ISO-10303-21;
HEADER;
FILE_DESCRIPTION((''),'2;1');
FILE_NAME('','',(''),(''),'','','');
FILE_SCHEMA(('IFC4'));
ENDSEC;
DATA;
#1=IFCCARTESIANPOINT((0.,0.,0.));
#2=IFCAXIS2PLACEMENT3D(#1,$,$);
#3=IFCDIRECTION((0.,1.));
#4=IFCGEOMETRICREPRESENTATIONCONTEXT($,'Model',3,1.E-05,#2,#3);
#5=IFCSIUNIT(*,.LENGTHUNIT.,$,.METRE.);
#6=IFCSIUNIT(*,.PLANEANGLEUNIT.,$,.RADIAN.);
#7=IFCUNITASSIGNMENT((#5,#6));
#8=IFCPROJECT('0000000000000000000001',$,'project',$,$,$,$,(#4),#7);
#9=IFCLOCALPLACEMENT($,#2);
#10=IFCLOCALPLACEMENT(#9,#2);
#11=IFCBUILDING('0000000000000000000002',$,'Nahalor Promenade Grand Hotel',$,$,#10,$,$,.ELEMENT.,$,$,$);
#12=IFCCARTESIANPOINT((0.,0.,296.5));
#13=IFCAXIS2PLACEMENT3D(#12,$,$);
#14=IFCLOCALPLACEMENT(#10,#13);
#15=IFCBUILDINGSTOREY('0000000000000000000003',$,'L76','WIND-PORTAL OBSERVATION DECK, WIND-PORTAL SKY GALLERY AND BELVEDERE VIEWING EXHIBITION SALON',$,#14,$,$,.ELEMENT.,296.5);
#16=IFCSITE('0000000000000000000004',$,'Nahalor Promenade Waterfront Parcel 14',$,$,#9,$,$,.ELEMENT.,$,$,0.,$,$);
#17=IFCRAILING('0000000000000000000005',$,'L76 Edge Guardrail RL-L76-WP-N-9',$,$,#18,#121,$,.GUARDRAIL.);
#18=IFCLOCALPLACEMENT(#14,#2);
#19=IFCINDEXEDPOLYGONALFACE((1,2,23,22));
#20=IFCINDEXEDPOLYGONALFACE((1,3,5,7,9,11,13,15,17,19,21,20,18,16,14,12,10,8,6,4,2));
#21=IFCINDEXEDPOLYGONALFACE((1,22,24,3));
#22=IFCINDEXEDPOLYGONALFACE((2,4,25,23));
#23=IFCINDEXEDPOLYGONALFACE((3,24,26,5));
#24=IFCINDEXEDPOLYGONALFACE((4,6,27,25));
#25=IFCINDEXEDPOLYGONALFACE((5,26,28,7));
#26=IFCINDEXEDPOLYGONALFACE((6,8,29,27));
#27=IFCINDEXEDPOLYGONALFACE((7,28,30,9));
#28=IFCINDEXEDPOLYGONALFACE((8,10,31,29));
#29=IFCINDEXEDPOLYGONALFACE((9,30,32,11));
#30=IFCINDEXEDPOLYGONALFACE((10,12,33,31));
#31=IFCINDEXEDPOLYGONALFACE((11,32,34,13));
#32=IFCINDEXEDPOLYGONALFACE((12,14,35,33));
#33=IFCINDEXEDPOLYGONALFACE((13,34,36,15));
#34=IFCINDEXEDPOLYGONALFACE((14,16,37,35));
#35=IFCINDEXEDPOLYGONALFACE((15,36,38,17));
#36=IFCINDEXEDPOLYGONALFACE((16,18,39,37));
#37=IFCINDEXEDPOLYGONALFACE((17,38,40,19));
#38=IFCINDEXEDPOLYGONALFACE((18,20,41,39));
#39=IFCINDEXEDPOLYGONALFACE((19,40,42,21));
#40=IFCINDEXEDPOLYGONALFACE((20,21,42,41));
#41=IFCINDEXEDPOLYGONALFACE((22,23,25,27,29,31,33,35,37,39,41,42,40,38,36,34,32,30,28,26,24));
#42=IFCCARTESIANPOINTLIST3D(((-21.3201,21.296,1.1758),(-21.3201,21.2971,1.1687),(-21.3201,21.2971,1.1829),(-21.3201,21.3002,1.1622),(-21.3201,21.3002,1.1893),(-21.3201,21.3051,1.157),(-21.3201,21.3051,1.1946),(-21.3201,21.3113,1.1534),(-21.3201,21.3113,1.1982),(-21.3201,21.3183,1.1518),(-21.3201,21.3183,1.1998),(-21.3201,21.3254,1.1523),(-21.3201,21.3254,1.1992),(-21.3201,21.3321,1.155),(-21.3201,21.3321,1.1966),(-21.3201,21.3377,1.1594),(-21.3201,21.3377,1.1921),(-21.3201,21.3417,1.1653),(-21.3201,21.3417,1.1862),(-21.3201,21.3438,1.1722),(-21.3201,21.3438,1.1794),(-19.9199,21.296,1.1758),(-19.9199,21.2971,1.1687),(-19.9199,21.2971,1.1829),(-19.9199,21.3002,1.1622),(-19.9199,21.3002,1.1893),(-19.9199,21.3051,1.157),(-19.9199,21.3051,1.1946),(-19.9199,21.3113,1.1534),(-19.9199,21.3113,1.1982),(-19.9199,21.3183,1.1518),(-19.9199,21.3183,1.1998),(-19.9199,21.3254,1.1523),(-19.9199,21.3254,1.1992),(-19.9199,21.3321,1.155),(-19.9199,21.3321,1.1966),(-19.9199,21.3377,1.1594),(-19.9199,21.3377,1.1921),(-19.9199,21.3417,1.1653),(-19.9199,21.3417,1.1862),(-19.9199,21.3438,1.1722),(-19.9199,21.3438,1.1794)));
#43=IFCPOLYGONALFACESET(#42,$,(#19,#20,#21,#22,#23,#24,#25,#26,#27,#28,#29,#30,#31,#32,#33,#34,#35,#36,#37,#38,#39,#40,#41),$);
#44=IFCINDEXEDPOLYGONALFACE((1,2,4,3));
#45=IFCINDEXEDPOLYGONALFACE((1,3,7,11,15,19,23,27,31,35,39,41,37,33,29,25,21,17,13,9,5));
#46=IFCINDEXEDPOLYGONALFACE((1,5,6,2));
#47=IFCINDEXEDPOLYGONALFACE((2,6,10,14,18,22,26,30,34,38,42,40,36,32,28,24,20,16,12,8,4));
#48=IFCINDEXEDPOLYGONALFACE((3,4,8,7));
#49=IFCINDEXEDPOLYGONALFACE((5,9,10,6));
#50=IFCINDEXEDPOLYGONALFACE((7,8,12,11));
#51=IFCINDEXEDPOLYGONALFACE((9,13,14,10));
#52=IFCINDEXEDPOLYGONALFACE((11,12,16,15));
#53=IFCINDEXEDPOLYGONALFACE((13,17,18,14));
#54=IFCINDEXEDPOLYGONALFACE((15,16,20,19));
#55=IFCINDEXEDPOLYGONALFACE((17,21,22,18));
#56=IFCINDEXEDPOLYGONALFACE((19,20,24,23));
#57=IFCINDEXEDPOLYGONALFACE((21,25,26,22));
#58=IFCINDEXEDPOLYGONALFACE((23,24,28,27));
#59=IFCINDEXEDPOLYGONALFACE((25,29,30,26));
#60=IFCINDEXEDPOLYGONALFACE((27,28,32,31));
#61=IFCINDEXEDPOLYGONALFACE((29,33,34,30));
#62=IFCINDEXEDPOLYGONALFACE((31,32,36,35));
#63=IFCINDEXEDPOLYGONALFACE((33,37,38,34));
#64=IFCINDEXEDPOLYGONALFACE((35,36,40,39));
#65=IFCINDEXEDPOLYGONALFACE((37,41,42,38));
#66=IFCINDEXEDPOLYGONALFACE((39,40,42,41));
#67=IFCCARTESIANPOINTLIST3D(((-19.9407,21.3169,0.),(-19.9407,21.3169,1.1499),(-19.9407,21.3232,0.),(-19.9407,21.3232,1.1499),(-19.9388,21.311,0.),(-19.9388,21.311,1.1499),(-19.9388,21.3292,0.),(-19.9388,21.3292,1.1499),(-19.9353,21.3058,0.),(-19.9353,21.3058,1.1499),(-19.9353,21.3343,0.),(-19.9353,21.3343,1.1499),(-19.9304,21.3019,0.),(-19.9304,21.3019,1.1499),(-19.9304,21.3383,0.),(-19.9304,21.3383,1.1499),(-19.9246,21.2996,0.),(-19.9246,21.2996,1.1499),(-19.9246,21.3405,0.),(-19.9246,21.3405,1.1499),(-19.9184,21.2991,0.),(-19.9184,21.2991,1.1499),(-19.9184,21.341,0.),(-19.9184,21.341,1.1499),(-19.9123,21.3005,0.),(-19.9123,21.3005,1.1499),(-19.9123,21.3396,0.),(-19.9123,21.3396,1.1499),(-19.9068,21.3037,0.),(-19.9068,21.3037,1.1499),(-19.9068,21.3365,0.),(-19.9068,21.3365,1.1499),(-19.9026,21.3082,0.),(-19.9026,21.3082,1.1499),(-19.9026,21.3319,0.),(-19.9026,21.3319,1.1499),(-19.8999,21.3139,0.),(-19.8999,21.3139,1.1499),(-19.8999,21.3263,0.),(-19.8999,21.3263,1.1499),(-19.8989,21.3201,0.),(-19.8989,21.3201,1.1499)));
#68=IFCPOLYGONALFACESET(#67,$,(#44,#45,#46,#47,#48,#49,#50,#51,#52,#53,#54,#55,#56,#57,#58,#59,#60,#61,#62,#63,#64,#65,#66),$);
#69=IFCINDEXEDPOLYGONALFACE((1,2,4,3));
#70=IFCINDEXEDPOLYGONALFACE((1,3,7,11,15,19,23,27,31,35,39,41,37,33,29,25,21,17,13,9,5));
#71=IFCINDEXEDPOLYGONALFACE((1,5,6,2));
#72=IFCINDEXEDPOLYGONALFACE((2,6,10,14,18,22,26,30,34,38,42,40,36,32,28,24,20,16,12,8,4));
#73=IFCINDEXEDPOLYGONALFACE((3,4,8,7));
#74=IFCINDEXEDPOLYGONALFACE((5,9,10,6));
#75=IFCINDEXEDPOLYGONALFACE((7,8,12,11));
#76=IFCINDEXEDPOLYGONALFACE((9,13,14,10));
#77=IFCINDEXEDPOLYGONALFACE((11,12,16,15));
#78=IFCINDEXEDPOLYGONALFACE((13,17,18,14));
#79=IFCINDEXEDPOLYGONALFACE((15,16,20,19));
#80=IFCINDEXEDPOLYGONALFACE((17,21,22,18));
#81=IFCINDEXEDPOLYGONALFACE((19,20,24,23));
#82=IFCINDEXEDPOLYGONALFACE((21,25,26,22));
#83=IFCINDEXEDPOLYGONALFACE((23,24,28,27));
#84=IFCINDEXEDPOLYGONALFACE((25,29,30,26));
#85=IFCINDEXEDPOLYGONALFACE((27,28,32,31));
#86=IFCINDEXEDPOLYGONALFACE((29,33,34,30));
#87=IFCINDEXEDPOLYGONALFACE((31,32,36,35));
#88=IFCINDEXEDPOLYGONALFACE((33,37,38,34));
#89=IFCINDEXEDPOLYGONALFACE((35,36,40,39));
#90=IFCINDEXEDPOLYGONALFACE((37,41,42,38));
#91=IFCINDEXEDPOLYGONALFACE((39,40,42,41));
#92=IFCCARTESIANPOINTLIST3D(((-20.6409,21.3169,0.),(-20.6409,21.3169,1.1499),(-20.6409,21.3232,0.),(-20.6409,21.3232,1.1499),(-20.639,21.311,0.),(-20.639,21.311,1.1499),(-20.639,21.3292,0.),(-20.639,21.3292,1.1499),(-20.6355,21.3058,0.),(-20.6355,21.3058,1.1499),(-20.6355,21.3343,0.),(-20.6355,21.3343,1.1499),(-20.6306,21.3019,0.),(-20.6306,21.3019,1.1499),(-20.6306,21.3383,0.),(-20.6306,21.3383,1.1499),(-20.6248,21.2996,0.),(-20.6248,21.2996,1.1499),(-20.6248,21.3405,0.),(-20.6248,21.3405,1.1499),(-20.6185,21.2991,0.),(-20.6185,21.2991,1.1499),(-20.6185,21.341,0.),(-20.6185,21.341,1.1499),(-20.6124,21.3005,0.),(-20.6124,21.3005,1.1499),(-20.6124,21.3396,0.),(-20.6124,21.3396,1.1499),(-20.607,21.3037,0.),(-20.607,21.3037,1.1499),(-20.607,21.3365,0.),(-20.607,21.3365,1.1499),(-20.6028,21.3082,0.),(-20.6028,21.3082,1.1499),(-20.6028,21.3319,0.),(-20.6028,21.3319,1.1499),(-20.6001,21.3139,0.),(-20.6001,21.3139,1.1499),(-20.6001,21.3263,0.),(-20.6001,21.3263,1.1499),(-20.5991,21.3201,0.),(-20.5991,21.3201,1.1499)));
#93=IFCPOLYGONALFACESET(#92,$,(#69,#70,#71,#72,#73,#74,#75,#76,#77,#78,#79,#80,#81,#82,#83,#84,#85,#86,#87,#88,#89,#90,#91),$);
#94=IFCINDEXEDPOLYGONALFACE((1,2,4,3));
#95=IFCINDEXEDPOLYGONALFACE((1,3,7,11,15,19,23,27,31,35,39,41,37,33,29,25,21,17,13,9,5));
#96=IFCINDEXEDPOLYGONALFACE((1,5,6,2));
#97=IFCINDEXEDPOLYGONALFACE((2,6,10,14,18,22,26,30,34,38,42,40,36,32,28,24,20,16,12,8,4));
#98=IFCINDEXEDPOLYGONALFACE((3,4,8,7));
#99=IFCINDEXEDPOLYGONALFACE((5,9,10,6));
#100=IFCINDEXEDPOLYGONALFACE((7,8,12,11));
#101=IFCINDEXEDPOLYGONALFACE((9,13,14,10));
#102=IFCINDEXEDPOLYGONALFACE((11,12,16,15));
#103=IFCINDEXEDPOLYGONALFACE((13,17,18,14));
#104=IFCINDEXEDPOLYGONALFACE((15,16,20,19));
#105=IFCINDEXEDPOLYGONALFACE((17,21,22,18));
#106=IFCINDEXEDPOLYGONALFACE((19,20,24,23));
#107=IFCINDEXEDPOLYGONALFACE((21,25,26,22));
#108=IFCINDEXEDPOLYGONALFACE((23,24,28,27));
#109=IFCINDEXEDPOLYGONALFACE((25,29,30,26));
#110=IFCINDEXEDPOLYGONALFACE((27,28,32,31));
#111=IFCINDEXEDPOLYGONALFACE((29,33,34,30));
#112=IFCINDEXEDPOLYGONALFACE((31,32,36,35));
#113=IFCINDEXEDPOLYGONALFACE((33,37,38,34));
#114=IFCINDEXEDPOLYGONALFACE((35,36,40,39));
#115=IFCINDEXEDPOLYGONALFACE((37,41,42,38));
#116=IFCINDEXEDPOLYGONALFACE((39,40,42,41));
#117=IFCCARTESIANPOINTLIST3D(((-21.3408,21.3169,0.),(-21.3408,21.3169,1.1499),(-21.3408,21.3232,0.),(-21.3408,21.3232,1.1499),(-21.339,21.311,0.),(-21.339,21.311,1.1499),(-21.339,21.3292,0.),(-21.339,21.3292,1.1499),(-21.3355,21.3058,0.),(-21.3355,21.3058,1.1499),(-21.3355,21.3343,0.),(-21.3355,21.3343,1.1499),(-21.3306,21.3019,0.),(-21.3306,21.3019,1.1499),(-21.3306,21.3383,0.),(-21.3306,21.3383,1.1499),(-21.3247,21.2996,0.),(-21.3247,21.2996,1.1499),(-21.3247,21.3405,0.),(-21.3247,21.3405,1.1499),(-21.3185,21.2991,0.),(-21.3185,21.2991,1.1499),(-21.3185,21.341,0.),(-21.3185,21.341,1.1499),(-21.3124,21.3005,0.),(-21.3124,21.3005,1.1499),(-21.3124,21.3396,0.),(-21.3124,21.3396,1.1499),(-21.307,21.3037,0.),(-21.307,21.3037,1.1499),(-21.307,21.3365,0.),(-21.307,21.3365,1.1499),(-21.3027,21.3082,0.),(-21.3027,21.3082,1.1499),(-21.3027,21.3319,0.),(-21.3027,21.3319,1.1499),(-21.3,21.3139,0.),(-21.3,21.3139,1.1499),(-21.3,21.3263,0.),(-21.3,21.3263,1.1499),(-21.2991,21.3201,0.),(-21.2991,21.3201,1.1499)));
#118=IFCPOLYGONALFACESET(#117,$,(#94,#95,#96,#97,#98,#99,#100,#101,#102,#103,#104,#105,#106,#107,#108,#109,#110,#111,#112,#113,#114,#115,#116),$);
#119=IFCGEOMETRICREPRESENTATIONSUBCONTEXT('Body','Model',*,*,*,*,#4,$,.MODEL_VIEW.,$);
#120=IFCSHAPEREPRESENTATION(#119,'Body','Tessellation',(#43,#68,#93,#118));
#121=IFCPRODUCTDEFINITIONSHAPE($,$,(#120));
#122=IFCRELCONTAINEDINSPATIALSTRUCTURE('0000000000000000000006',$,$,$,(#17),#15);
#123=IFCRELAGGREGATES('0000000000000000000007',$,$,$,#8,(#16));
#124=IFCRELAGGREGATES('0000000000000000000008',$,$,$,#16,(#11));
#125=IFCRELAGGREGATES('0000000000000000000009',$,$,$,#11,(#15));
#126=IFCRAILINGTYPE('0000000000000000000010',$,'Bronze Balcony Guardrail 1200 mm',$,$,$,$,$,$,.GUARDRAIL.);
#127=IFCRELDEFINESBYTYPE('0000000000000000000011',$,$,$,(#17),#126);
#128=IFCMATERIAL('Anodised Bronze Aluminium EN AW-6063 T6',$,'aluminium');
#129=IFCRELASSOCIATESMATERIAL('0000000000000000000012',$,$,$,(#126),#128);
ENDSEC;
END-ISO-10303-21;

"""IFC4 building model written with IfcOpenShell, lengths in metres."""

from ifc_helpers import new_model, si_unit, direction, frame, origin, origin_2d, place, context, subcontext, project, spatial, circle, extrude, material, type_object, element, save


model = new_model("IFC4")

# Units and contexts
model_context = context("Model", 3, precision=1e-05, world=origin(), true_north=direction((0.0, 1.0)))
body_context = subcontext(model_context, "Body", "Model", "MODEL_VIEW")
ifc_project = project(units=[si_unit("LENGTHUNIT", "METRE"), si_unit("PLANEANGLEUNIT", "RADIAN")], contexts=[model_context])

# Site, building, storey
site_placement = place(None, origin())
site = spatial("IfcSite", under=ifc_project, at=site_placement, Name="Nahalor Promenade Waterfront Parcel 14", CompositionType="ELEMENT", RefElevation=0.0)
building_placement = place(site_placement, origin())
building = spatial("IfcBuilding", under=site, at=building_placement, Name="Nahalor Promenade Grand Hotel", CompositionType="ELEMENT")
storey_placement = place(building_placement, frame((0.0, 0.0, 296.5)))
storey = spatial("IfcBuildingStorey", under=building, at=storey_placement, Name="L76", Description="WIND-PORTAL OBSERVATION DECK, WIND-PORTAL SKY GALLERY AND BELVEDERE VIEWING EXHIBITION SALON", CompositionType="ELEMENT", Elevation=296.5)

# Railing
ifc_material_1 = material(Name="Anodised Bronze Aluminium EN AW-6063 T6", Category="aluminium")
railing_type = type_object("IfcRailingType", Name="Bronze Balcony Guardrail 1200 mm", PredefinedType="GUARDRAIL", material=ifc_material_1)
railing_1_placement = place(storey_placement, frame((-19.9199, 21.3201, 0.0)))
element("IfcRailing", 1, at=railing_1_placement, inside=storey, type_object=railing_type, Name="L76 Edge Guardrail RL-L76-WP-N-9", PredefinedType="GUARDRAIL", context=body_context, shape_type="SweptSolid", body=[
    extrude(circle(Radius=0.024, at=origin_2d()), frame((0.0, 0.0, 1.1758), z_axis=(-1.0, 0.0, 0.0), x_axis=(0.0, -1.0, 0.0)), (0.0, 0.0, 1.0), 1.4001),
    extrude(circle(Radius=0.021, at=origin_2d()), origin(), (0.0, 0.0, 1.0), 1.1499),
    extrude(circle(Radius=0.021, at=origin_2d()), frame((-0.7002, 0.0, 0.0)), (0.0, 0.0, 1.0), 1.1499),
    extrude(circle(Radius=0.021, at=origin_2d()), frame((-1.4001, 0.0, 0.0)), (0.0, 0.0, 1.0), 1.1499),
])

save(model, "model.ifc")
